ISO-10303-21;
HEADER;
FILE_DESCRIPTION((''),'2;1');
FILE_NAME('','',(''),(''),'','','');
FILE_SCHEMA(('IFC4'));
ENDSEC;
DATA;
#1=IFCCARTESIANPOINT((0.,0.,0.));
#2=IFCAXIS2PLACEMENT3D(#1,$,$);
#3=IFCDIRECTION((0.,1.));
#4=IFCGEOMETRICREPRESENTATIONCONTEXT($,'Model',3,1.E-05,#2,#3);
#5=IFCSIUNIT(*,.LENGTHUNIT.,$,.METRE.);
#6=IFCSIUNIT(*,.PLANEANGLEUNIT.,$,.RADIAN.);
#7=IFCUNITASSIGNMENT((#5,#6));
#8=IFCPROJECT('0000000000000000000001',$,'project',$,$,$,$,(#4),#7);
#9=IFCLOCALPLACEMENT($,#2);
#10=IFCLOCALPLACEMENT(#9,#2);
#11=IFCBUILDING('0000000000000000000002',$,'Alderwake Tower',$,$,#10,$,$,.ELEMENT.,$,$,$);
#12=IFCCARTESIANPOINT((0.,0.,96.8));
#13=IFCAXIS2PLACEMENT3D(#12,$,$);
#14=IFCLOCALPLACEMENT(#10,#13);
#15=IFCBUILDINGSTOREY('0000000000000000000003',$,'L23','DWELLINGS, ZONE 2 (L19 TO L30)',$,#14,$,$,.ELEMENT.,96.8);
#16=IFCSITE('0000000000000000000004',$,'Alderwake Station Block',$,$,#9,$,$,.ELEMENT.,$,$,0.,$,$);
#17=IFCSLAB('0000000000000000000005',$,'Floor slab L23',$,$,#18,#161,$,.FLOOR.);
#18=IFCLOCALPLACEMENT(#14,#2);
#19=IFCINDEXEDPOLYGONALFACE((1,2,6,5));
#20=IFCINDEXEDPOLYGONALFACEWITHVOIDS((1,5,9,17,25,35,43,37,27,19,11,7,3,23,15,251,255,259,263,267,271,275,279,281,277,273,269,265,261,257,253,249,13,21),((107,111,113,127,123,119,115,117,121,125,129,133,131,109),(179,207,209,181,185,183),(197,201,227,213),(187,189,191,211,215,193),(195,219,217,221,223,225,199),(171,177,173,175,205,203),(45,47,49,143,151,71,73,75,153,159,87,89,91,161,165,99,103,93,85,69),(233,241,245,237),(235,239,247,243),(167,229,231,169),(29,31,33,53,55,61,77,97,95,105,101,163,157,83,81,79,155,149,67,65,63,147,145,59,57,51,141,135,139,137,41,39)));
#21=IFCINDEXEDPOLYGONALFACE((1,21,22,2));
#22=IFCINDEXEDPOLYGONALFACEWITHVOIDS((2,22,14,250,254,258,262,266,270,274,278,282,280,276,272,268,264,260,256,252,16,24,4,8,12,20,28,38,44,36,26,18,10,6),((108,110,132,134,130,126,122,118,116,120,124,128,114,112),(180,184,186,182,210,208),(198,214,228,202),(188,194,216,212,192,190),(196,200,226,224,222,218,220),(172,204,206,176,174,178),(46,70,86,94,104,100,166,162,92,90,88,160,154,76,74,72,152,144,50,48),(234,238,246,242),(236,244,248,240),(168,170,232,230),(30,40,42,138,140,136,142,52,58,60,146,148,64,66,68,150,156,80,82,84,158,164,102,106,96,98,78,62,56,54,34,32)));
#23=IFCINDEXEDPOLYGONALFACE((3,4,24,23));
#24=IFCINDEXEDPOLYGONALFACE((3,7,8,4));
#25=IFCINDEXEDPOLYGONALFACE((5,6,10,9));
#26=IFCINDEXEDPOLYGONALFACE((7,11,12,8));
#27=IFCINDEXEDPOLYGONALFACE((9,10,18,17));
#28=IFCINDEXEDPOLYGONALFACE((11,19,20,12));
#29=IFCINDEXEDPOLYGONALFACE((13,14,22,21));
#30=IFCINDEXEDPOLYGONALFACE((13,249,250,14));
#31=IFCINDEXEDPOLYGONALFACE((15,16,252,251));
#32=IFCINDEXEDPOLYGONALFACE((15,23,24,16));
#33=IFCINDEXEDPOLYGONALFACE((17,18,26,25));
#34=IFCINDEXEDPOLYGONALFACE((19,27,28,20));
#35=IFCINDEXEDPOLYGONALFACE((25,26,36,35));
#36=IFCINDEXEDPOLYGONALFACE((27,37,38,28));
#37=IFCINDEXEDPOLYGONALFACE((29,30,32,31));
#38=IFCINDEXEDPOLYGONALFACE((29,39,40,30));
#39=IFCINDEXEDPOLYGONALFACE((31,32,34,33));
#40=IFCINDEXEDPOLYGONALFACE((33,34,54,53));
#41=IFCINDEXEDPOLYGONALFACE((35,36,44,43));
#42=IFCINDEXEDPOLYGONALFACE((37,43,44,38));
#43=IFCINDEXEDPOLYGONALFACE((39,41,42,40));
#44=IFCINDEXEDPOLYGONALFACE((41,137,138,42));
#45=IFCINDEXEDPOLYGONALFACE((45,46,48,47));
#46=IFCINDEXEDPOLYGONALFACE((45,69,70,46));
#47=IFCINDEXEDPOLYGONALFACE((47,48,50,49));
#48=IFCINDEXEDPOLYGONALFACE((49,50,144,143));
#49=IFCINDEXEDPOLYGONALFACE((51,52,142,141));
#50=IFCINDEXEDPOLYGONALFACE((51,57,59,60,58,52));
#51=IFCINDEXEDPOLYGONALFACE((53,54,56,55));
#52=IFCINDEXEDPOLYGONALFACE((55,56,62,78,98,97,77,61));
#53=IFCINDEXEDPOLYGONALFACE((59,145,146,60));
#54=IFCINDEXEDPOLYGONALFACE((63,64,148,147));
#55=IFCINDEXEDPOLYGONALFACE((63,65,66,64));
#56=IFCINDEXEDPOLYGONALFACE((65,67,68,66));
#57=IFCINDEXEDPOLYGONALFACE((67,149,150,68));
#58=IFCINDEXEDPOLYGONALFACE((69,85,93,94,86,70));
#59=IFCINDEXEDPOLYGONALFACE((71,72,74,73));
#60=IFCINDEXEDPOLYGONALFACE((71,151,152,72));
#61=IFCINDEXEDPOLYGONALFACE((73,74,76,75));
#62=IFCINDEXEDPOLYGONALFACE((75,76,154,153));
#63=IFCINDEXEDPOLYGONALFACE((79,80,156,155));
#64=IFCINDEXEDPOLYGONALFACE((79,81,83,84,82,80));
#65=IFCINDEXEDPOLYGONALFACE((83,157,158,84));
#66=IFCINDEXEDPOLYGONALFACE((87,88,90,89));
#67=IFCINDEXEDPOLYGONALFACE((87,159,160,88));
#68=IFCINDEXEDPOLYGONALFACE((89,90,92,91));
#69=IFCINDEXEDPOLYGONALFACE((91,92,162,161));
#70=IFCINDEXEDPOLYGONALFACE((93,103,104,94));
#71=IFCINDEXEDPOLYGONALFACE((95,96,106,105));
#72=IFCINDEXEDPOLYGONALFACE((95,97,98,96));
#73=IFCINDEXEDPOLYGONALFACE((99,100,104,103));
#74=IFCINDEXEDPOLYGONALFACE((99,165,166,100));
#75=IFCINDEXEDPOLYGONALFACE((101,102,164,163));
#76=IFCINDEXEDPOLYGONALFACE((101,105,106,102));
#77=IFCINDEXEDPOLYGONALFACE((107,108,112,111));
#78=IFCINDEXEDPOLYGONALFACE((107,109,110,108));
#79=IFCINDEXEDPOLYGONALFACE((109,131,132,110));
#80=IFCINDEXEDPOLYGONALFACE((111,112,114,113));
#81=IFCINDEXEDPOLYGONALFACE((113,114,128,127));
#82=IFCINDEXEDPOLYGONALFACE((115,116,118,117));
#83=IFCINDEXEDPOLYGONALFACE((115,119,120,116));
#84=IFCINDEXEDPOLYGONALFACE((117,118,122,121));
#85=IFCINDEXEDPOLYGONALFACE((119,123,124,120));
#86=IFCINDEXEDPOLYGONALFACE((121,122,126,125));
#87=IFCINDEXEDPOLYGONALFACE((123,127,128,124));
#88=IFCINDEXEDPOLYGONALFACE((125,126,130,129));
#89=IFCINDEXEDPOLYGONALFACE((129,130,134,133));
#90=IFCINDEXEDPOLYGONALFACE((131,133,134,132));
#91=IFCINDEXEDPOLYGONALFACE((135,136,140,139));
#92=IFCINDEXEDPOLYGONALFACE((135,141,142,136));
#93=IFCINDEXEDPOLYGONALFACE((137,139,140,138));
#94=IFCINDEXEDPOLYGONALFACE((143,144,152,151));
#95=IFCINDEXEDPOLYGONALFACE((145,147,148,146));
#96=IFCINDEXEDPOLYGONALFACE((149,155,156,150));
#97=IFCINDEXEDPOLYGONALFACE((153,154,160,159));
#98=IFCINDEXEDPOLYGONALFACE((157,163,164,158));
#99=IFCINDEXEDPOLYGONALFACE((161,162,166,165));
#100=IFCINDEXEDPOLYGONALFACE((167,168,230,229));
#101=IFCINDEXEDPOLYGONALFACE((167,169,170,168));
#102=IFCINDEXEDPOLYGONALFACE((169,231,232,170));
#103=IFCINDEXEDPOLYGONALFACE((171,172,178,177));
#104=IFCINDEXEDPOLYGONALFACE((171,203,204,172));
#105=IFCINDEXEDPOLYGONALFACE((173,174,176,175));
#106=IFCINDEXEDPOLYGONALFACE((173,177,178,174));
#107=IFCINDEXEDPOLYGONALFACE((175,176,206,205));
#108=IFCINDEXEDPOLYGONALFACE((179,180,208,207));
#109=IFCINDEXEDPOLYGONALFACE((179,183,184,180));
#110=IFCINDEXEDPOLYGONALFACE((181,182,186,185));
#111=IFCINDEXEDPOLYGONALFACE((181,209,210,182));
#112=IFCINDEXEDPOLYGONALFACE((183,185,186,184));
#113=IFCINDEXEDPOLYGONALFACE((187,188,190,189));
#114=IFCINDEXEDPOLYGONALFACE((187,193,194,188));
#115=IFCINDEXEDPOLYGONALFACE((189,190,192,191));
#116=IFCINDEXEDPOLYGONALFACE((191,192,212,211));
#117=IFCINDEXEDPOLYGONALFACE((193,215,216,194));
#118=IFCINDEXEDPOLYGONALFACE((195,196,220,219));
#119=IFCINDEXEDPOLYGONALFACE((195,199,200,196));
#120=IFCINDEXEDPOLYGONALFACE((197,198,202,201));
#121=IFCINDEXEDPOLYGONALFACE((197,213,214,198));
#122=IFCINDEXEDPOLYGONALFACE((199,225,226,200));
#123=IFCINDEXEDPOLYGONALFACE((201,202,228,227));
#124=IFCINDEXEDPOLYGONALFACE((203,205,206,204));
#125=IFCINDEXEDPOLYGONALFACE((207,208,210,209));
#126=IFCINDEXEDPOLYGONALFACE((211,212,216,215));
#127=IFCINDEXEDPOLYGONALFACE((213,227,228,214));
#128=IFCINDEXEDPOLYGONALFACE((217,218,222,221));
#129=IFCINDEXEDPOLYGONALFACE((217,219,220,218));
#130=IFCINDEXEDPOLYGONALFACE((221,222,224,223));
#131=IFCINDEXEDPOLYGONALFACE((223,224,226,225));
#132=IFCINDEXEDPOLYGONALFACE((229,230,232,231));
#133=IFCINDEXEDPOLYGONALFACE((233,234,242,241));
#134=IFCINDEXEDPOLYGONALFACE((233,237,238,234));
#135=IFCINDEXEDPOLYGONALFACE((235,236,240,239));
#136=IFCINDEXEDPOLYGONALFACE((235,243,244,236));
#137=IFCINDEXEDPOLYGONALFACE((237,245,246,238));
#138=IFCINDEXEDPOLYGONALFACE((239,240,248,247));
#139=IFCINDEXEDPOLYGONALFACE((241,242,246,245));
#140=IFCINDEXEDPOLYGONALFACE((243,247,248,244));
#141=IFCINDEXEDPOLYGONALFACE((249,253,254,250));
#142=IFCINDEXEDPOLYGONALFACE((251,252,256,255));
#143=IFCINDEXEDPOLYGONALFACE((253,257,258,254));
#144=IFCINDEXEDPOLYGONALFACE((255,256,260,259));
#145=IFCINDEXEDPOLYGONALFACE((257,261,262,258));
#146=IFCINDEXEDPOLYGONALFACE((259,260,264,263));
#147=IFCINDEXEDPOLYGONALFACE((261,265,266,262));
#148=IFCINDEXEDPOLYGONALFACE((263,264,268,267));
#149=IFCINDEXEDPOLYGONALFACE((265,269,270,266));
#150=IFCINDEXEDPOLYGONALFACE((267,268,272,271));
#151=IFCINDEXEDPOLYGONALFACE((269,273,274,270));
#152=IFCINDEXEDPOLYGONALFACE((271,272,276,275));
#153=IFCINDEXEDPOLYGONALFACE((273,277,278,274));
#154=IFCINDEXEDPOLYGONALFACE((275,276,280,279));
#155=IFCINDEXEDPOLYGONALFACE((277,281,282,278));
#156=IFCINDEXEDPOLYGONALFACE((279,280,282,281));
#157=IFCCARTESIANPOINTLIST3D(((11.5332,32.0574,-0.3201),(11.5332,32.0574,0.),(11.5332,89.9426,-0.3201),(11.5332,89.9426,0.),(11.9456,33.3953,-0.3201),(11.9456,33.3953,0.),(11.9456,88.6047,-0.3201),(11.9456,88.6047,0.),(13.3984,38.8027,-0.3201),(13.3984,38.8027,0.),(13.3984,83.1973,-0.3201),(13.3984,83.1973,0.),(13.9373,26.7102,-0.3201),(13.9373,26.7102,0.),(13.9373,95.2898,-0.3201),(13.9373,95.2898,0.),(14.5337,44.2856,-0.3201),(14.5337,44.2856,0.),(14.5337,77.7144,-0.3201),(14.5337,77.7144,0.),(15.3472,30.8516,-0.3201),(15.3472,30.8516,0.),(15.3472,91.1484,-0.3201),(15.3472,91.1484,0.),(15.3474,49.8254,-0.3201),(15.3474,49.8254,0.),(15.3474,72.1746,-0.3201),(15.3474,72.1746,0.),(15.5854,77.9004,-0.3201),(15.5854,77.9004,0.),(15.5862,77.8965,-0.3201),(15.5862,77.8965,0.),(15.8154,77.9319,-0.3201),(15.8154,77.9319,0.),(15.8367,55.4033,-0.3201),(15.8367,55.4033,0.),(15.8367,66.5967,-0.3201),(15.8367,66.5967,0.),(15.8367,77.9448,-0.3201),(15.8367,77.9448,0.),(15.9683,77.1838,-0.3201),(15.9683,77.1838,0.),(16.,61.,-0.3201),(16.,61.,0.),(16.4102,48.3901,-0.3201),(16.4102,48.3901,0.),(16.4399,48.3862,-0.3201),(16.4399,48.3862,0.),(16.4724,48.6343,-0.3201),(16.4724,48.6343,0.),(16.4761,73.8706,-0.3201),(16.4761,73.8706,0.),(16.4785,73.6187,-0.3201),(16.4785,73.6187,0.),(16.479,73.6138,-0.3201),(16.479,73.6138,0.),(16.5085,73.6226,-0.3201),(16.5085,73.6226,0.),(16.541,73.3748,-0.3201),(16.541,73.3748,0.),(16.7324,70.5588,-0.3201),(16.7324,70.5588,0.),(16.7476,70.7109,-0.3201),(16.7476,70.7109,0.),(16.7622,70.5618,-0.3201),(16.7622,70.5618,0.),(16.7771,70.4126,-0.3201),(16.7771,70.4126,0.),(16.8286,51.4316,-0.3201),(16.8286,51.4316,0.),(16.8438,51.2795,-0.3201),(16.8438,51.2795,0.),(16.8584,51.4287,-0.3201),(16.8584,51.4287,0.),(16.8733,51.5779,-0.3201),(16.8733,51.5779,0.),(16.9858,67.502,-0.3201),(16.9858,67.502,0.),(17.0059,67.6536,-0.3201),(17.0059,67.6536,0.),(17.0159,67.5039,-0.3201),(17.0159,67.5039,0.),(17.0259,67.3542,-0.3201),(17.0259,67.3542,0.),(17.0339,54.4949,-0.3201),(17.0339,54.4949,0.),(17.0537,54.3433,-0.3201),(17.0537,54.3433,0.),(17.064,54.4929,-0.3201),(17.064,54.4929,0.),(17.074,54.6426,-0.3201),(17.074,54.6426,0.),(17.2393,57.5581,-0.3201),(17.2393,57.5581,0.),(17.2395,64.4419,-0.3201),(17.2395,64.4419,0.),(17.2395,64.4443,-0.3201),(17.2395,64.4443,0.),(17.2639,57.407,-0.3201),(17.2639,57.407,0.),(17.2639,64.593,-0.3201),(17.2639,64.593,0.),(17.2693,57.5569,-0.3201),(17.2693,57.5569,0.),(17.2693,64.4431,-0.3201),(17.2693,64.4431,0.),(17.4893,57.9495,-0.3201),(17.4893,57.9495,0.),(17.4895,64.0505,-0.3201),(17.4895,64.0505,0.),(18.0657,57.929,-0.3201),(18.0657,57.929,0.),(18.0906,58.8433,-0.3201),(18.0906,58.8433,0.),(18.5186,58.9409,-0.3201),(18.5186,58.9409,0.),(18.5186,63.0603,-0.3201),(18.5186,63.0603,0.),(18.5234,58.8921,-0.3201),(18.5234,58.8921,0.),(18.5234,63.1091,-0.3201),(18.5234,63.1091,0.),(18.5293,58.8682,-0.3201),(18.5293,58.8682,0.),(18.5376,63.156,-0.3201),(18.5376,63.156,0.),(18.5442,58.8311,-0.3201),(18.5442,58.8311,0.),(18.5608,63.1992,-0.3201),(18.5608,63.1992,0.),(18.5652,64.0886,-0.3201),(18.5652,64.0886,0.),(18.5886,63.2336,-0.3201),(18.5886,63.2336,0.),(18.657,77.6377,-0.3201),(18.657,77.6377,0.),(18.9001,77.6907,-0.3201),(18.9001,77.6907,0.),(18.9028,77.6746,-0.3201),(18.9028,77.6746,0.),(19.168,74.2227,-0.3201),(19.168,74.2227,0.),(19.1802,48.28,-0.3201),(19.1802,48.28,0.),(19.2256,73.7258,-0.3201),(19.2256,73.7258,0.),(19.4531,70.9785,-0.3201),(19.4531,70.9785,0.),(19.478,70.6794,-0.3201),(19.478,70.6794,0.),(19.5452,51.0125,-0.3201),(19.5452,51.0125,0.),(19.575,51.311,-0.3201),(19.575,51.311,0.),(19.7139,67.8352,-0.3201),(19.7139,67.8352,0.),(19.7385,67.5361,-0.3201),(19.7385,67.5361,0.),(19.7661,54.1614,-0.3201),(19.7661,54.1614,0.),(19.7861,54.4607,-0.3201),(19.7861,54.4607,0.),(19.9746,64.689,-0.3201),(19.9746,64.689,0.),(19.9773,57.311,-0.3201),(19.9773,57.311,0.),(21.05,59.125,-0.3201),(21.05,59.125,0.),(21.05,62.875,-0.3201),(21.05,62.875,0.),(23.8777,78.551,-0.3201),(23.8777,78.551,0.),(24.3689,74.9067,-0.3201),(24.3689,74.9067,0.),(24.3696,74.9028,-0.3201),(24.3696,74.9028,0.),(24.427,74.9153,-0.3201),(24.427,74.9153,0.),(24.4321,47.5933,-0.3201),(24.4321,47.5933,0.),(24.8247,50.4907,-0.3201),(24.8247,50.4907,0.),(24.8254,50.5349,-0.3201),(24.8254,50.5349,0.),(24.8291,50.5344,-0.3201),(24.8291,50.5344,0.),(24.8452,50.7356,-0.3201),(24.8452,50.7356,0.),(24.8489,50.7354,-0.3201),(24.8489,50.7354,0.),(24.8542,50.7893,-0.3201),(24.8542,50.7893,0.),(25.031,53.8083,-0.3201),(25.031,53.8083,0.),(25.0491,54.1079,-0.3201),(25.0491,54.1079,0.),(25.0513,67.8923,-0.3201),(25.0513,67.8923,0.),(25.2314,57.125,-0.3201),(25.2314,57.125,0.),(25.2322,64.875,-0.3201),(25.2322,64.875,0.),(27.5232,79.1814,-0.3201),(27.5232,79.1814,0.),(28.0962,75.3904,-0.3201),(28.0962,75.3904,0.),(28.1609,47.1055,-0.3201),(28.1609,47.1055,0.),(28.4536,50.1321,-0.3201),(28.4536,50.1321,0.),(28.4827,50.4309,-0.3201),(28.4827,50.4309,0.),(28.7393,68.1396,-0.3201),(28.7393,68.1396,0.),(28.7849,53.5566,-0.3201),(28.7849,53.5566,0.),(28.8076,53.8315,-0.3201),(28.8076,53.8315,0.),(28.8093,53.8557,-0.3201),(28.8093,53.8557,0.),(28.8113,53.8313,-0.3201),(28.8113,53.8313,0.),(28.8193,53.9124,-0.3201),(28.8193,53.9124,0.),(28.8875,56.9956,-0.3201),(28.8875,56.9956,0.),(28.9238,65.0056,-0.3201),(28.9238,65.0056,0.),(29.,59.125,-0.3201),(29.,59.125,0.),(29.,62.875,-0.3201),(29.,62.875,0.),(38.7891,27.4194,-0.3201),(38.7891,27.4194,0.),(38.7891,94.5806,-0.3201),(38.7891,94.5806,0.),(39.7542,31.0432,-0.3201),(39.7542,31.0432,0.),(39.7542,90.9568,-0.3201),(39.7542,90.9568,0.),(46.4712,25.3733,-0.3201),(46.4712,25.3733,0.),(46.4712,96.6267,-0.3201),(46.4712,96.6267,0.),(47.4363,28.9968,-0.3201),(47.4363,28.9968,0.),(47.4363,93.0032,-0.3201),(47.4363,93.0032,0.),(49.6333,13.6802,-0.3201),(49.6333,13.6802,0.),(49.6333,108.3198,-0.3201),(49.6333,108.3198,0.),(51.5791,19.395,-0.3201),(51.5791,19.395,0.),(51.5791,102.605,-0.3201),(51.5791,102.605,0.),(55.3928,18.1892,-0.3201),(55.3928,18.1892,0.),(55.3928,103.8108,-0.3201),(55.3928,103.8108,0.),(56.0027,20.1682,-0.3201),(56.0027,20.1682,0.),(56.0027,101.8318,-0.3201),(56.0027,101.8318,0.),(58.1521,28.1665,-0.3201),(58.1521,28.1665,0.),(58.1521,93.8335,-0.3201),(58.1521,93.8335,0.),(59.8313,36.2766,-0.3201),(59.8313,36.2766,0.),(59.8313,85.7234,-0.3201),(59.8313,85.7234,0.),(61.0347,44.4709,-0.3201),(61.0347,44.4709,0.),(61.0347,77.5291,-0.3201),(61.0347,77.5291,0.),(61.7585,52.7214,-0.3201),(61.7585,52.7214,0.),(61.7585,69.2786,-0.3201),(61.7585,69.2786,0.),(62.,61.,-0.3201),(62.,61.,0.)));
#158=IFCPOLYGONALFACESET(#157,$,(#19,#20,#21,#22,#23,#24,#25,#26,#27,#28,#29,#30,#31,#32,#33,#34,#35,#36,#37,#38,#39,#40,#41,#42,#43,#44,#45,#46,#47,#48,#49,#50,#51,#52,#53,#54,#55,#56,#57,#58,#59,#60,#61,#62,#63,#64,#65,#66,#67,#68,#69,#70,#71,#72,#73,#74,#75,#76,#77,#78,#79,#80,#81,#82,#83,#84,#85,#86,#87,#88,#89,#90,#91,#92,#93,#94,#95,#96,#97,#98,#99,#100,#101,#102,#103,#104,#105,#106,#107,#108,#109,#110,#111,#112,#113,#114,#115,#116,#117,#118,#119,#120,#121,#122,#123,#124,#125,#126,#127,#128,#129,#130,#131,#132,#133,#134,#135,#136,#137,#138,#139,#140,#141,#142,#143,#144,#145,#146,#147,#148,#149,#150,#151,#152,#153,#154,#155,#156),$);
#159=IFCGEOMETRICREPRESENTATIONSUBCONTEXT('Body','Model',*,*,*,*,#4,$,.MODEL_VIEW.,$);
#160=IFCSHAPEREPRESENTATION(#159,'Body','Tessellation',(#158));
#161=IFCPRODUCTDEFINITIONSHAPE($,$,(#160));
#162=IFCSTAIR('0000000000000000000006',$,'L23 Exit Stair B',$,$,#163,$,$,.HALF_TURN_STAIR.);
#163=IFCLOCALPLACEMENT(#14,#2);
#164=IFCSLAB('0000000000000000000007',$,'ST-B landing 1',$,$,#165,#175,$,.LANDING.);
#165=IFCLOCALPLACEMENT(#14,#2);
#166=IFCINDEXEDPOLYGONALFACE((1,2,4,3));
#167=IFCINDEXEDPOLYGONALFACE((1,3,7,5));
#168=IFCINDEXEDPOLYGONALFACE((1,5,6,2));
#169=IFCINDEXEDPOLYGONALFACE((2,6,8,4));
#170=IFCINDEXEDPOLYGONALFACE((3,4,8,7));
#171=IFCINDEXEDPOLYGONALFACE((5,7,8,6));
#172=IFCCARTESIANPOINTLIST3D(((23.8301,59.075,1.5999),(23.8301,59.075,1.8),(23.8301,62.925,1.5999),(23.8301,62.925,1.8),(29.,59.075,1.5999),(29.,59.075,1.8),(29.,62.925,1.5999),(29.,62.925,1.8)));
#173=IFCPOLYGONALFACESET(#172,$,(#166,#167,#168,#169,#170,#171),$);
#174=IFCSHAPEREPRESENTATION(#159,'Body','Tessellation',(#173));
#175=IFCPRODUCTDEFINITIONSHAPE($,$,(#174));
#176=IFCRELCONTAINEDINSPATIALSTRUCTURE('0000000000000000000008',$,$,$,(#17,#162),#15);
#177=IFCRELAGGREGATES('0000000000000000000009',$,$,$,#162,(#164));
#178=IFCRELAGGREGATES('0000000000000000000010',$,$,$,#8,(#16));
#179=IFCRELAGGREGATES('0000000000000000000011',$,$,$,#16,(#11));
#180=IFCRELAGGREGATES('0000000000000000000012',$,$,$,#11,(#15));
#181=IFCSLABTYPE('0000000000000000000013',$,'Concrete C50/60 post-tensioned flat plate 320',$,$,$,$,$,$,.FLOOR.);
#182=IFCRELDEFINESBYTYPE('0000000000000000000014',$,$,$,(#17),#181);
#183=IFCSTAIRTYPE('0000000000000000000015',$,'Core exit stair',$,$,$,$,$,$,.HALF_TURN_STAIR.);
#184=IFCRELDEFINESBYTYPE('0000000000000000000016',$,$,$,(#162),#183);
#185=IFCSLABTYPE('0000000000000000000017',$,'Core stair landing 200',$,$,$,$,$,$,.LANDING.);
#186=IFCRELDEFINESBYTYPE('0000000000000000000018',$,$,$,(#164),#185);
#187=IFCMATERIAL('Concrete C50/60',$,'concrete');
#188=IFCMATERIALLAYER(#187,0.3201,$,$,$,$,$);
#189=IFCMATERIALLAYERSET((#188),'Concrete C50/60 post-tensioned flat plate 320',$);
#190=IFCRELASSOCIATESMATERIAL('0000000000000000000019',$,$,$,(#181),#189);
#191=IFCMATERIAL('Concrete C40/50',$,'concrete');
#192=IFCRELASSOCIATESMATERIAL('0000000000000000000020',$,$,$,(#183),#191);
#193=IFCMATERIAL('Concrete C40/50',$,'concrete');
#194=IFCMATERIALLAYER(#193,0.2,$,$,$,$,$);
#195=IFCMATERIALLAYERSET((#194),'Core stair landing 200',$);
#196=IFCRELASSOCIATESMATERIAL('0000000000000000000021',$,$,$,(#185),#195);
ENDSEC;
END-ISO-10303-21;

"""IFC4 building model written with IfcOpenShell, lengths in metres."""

from ifc_helpers import new_model, si_unit, direction, frame, origin, place, context, subcontext, project, spatial, polyline, outline, extrude, material, layer, layer_set, type_object, element, aggregate, save


model = new_model("IFC4")

# Units and contexts
model_context = context("Model", 3, precision=1e-05, world=origin(), true_north=direction((0.0, 1.0)))
body_context = subcontext(model_context, "Body", "Model", "MODEL_VIEW")
ifc_project = project(units=[si_unit("LENGTHUNIT", "METRE"), si_unit("PLANEANGLEUNIT", "RADIAN")], contexts=[model_context])

# Site, building, storey
site_placement = place(None, origin())
site = spatial("IfcSite", under=ifc_project, at=site_placement, Name="Alderwake Station Block", CompositionType="ELEMENT", RefElevation=0.0)
building_placement = place(site_placement, origin())
building = spatial("IfcBuilding", under=site, at=building_placement, Name="Alderwake Tower", CompositionType="ELEMENT")
storey_placement = place(building_placement, frame((0.0, 0.0, 96.8)))
storey = spatial("IfcBuildingStorey", under=building, at=storey_placement, Name="L23", Description="DWELLINGS, ZONE 2 (L19 TO L30)", CompositionType="ELEMENT", Elevation=96.8)

# Slab
ifc_material_1 = material(Name="Concrete C50/60", Category="concrete")
ifc_layer_1 = layer(ifc_material_1, 0.3201)
ifc_layer_set_1 = layer_set([ifc_layer_1], Name="Concrete C50/60 post-tensioned flat plate 320")
slab_type_1 = type_object("IfcSlabType", Name="Concrete C50/60 post-tensioned flat plate 320", PredefinedType="FLOOR", material=ifc_layer_set_1)
slab_1_placement = place(storey_placement, frame((0.0, 0.0, -0.3201)))
element("IfcSlab", 1, at=slab_1_placement, inside=storey, type_object=slab_type_1, Name="Floor slab L23", PredefinedType="FLOOR", context=body_context, shape_type="SweptSolid", body=[
    extrude(outline(polyline([(11.5332, 32.0574), (11.9456, 33.3953), (13.3984, 38.8027), (14.5337, 44.2856), (15.3474, 49.8254), (15.8367, 55.4033), (16.0, 61.0), (15.8367, 66.5967), (15.3474, 72.1746), (14.5337, 77.7144), (13.3984, 83.1973), (11.9456, 88.6047), (11.5332, 89.9426), (15.3472, 91.1484), (13.9373, 95.2898), (49.6333, 108.3198), (51.5791, 102.605), (55.3928, 103.8108), (56.0027, 101.8318), (58.1521, 93.8335), (59.8313, 85.7234), (61.0347, 77.5291), (61.7585, 69.2786), (62.0, 61.0), (61.7585, 52.7214), (61.0347, 44.4709), (59.8313, 36.2766), (58.1521, 28.1665), (56.0027, 20.1682), (55.3928, 18.1892), (51.5791, 19.395), (49.6333, 13.6802), (13.9373, 26.7102), (15.3472, 30.8516), (11.5332, 32.0574)]), holes=[polyline([(16.8438, 51.2795), (16.8584, 51.4287), (16.8733, 51.5779), (19.575, 51.311), (19.7661, 54.1614), (17.0537, 54.3433), (17.064, 54.4929), (17.074, 54.6426), (19.7861, 54.4607), (19.9773, 57.311), (17.2639, 57.407), (17.2693, 57.5569), (17.2393, 57.5581), (17.0339, 54.4949), (16.8286, 51.4316), (16.8286, 51.4316), (16.4102, 48.3901), (16.4399, 48.3862), (16.4724, 48.6343), (19.1802, 48.28), (19.5452, 51.0125), (16.8438, 51.2795)]), polyline([(29.0, 62.875), (21.05, 62.875), (21.05, 59.125), (29.0, 59.125), (29.0, 62.875)]), polyline([(19.7385, 67.5361), (17.0259, 67.3542), (17.0159, 67.5039), (17.0059, 67.6536), (19.7139, 67.8352), (19.478, 70.6794), (16.7771, 70.4126), (16.7622, 70.5618), (16.7476, 70.7109), (19.4531, 70.9785), (19.2256, 73.7258), (16.541, 73.3748), (16.5085, 73.6226), (16.4761, 73.8706), (19.168, 74.2227), (18.657, 77.6377), (18.9028, 77.6746), (18.9001, 77.6907), (15.9683, 77.1838), (15.8367, 77.9448), (15.5854, 77.9004), (15.5862, 77.8965), (15.8154, 77.9319), (16.4785, 73.6187), (16.479, 73.6138), (16.7324, 70.5588), (16.9858, 67.502), (17.2395, 64.4443), (17.2395, 64.4419), (17.2693, 64.4431), (17.2639, 64.593), (19.9746, 64.689), (19.7385, 67.5361)]), polyline([(47.4363, 28.9968), (39.7542, 31.0432), (38.7891, 27.4194), (46.4712, 25.3733), (47.4363, 28.9968)]), polyline([(24.8247, 50.4907), (24.8291, 50.5344), (24.8254, 50.5349), (24.4321, 47.5933), (28.1609, 47.1055), (28.4536, 50.1321), (24.8247, 50.4907)]), polyline([(25.031, 53.8083), (24.8452, 50.7356), (24.8489, 50.7354), (24.8542, 50.7893), (28.4827, 50.4309), (28.7849, 53.5566), (25.031, 53.8083)]), polyline([(28.8875, 56.9956), (25.2314, 57.125), (25.0491, 54.1079), (28.8093, 53.8557), (28.8076, 53.8315), (28.8113, 53.8313), (28.8193, 53.9124), (28.8875, 56.9956)]), polyline([(28.9238, 65.0056), (28.7393, 68.1396), (25.0513, 67.8923), (25.2322, 64.875), (28.9238, 65.0056)]), polyline([(28.0962, 75.3904), (27.5232, 79.1814), (23.8777, 78.551), (24.427, 74.9153), (24.3689, 74.9067), (24.3696, 74.9028), (28.0962, 75.3904)]), polyline([(46.4712, 96.6267), (38.7891, 94.5806), (39.7542, 90.9568), (47.4363, 93.0032), (46.4712, 96.6267)]), polyline([(17.4895, 64.0505), (17.4893, 57.9495), (18.0657, 57.929), (18.0906, 58.8433), (18.5442, 58.8311), (18.5293, 58.8682), (18.5234, 58.8921), (18.5186, 58.9409), (18.5186, 63.0603), (18.5234, 63.1091), (18.5376, 63.156), (18.5608, 63.1992), (18.5886, 63.2336), (18.5652, 64.0886), (17.4895, 64.0505)])]), origin(), (0.0, 0.0, 1.0), 0.3201),
])

# Stair, slab
ifc_material_2 = material(Name="Concrete C40/50", Category="concrete")
stair_type = type_object("IfcStairType", Name="Core exit stair", PredefinedType="HALF_TURN_STAIR", material=ifc_material_2)
stair_1_placement = place(storey_placement, origin())
stair_1 = element("IfcStair", 2, at=stair_1_placement, inside=storey, type_object=stair_type, Name="L23 Exit Stair B", PredefinedType="HALF_TURN_STAIR")
ifc_material_3 = material(Name="Concrete C40/50", Category="concrete")
ifc_layer_2 = layer(ifc_material_3, 0.2)
ifc_layer_set_2 = layer_set([ifc_layer_2], Name="Core stair landing 200")
slab_type_2 = type_object("IfcSlabType", Name="Core stair landing 200", PredefinedType="LANDING", material=ifc_layer_set_2)
slab_2_placement = place(storey_placement, frame((0.0, 0.0, 1.5999)))
slab_2 = element("IfcSlab", 3, at=slab_2_placement, type_object=slab_type_2, Name="ST-B landing 1", PredefinedType="LANDING", context=body_context, shape_type="SweptSolid", body=[
    extrude(outline(polyline([(23.8301, 59.075), (29.0, 59.075), (29.0, 62.925), (23.8301, 62.925), (23.8301, 59.075)])), origin(), (0.0, 0.0, 1.0), 0.2002),
])
aggregate(stair_1, [slab_2])

save(model, "model.ifc")
